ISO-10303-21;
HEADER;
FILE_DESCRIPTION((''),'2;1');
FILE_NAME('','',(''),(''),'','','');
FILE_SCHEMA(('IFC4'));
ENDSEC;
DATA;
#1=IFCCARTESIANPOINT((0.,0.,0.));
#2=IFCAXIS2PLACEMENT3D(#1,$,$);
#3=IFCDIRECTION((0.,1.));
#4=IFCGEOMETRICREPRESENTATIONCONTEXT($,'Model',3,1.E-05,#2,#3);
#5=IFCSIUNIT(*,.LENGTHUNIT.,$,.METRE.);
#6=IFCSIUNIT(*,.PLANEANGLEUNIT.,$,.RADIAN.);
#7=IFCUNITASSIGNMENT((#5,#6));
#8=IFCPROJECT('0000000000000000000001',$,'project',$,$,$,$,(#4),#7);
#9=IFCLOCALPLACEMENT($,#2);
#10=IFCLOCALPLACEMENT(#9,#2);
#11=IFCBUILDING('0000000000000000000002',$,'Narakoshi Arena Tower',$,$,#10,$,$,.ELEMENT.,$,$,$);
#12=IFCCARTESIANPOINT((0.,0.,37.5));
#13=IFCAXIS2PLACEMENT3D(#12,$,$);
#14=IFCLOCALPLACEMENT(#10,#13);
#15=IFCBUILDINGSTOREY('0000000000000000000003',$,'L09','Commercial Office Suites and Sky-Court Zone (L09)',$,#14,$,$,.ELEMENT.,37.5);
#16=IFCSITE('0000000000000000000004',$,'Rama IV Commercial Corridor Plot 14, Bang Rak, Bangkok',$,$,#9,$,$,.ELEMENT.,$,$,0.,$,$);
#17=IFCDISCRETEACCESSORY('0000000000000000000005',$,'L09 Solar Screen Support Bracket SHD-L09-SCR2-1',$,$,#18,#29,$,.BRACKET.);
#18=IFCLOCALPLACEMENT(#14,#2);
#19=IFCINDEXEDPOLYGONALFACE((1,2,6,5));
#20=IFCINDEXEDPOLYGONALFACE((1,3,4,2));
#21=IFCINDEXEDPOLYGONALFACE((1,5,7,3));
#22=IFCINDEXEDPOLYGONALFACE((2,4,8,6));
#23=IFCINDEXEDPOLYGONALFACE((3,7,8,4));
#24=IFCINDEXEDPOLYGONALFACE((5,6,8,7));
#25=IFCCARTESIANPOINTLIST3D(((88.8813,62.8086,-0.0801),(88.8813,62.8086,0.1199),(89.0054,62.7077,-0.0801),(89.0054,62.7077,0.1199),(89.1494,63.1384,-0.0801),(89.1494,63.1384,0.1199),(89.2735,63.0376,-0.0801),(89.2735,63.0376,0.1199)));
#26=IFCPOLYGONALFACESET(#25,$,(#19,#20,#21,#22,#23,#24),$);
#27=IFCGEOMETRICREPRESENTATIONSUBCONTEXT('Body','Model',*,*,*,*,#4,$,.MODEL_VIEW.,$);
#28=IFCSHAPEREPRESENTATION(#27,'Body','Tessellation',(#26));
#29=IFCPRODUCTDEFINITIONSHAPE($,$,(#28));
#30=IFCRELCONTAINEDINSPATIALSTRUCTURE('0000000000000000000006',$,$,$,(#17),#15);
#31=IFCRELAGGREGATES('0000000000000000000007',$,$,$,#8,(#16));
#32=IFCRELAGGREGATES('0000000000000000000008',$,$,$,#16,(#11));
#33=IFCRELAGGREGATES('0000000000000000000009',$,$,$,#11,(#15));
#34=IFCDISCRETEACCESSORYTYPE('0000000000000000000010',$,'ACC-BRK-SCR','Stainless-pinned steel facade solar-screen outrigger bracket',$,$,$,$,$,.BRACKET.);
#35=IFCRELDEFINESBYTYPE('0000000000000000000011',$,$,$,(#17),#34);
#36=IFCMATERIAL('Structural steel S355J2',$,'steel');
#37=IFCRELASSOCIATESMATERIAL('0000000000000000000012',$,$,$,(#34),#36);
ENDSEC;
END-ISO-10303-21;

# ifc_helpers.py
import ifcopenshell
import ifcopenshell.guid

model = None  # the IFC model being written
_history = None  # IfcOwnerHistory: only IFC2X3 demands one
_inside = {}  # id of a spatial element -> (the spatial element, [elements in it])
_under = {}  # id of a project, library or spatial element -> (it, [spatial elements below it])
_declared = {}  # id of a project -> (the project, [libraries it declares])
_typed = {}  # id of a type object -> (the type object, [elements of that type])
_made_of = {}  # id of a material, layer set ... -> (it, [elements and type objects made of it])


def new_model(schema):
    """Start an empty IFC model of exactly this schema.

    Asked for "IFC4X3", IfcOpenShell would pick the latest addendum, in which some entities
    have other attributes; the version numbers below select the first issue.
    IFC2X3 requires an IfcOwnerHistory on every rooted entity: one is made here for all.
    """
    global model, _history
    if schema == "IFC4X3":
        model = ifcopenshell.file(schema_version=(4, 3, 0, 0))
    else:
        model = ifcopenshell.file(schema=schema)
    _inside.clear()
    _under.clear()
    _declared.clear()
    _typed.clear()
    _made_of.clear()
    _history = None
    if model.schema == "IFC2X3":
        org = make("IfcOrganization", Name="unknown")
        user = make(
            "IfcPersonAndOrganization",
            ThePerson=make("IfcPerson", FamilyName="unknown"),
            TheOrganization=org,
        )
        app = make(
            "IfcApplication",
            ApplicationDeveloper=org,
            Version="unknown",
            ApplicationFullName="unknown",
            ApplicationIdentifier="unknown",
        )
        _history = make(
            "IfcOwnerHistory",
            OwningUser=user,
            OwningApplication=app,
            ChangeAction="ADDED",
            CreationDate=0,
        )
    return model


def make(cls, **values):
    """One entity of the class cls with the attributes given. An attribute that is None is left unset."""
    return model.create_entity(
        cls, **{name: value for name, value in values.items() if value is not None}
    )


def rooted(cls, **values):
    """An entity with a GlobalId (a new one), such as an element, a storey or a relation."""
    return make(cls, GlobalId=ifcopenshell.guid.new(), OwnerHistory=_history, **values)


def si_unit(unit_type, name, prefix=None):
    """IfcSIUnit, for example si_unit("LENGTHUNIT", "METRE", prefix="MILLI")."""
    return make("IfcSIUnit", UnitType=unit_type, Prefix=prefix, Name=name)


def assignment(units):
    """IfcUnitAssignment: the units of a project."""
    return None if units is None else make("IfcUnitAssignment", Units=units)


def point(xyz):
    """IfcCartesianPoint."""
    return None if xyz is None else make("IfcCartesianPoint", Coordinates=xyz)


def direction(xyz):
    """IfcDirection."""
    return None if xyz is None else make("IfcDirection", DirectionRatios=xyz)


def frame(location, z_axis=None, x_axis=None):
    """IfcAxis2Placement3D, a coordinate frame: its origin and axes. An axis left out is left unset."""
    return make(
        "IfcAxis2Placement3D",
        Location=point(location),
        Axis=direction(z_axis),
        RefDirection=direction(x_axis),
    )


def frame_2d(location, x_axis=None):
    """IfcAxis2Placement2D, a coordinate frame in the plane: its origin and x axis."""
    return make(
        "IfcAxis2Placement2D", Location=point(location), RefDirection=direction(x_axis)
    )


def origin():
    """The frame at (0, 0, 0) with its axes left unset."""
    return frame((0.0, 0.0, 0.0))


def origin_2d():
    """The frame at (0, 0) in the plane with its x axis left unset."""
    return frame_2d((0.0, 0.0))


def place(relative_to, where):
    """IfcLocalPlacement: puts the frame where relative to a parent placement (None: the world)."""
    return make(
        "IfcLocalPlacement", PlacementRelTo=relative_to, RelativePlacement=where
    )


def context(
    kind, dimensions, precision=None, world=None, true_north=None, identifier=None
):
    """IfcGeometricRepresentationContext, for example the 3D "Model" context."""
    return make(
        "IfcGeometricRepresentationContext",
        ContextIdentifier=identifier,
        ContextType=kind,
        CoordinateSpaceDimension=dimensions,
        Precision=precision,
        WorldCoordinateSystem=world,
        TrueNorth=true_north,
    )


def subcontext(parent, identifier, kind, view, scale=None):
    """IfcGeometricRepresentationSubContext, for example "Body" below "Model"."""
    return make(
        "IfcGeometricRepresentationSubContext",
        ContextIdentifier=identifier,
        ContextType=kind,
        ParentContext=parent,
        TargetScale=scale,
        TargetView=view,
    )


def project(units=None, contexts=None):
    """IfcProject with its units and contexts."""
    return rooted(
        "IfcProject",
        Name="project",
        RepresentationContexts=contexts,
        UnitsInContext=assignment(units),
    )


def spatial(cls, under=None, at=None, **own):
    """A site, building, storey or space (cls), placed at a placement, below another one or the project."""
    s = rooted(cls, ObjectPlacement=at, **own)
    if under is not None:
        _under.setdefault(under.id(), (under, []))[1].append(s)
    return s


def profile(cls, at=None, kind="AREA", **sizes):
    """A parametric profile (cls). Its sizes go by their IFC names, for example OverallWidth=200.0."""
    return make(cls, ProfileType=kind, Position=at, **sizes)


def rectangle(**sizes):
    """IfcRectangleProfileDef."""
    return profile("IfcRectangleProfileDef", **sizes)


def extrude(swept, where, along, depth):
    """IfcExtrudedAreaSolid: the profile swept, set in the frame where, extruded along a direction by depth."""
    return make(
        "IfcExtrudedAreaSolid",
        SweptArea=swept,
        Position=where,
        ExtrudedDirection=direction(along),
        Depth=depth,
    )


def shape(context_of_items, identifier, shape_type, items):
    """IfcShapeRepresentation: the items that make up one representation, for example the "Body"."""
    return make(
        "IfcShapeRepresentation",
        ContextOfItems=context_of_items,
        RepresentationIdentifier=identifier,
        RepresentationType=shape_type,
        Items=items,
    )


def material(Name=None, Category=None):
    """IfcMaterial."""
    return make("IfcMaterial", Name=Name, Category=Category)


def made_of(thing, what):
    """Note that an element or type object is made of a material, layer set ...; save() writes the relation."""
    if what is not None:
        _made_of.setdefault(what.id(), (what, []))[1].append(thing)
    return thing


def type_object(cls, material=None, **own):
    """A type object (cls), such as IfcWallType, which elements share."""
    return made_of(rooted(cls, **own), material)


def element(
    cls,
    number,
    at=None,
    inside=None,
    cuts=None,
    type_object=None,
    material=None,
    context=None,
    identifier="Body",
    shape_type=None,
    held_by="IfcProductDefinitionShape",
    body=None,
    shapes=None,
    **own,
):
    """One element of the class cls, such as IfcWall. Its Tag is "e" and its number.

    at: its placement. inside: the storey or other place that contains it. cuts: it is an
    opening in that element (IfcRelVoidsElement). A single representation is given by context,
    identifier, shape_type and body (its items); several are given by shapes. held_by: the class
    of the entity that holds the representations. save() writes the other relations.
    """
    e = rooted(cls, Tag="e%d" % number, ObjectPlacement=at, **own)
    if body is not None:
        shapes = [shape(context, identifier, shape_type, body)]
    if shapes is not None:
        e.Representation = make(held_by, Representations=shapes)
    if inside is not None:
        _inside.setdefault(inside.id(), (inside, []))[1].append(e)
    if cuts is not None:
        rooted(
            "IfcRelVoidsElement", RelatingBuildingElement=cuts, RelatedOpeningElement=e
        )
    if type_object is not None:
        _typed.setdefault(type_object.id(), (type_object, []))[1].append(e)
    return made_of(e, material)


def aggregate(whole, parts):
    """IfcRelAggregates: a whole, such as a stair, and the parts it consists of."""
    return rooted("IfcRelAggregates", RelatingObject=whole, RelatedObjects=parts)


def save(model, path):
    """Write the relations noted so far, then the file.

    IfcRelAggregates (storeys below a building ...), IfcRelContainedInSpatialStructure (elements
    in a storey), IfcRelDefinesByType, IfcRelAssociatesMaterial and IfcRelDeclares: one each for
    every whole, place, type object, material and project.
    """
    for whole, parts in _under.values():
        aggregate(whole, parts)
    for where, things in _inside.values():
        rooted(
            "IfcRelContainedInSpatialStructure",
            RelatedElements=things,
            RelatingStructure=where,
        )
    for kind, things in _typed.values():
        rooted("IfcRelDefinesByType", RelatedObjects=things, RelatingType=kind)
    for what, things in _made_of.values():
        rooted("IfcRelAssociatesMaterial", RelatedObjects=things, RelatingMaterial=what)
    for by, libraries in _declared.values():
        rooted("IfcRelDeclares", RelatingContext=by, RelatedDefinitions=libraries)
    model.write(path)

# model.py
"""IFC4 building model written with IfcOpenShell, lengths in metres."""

from ifc_helpers import new_model, si_unit, direction, frame, origin, origin_2d, place, context, subcontext, project, spatial, rectangle, extrude, material, type_object, element, save


model = new_model("IFC4")

# Units and contexts
model_context = context("Model", 3, precision=1e-05, world=origin(), true_north=direction((0.0, 1.0)))
body_context = subcontext(model_context, "Body", "Model", "MODEL_VIEW")
ifc_project = project(units=[si_unit("LENGTHUNIT", "METRE"), si_unit("PLANEANGLEUNIT", "RADIAN")], contexts=[model_context])

# Site, building, storey
site_placement = place(None, origin())
site = spatial("IfcSite", under=ifc_project, at=site_placement, Name="Rama IV Commercial Corridor Plot 14, Bang Rak, Bangkok", CompositionType="ELEMENT", RefElevation=0.0)
building_placement = place(site_placement, origin())
building = spatial("IfcBuilding", under=site, at=building_placement, Name="Narakoshi Arena Tower", CompositionType="ELEMENT")
storey_placement = place(building_placement, frame((0.0, 0.0, 37.5)))
storey = spatial("IfcBuildingStorey", under=building, at=storey_placement, Name="L09", Description="Commercial Office Suites and Sky-Court Zone (L09)", CompositionType="ELEMENT", Elevation=37.5)

# Shared definitions
ifc_material_1 = material(Name="Structural steel S355J2", Category="steel")

# Discrete accessory
discrete_accessory_type = type_object("IfcDiscreteAccessoryType", Name="ACC-BRK-SCR", Description="Stainless-pinned steel facade solar-screen outrigger bracket", PredefinedType="BRACKET", material=ifc_material_1)
discrete_accessory_placement = place(storey_placement, frame((89.0774, 62.9231, -0.0801), z_axis=(0.0, 0.0, 1.0), x_axis=(-0.776002, 0.63073, 0.0)))
element("IfcDiscreteAccessory", 1, at=discrete_accessory_placement, inside=storey, type_object=discrete_accessory_type, Name="L09 Solar Screen Support Bracket SHD-L09-SCR2-1", PredefinedType="BRACKET", context=body_context, shape_type="SweptSolid", body=[
    extrude(rectangle(XDim=0.1599, YDim=0.425, at=origin_2d()), origin(), (0.0, 0.0, 1.0), 0.2),
])

save(model, "model.ifc")
